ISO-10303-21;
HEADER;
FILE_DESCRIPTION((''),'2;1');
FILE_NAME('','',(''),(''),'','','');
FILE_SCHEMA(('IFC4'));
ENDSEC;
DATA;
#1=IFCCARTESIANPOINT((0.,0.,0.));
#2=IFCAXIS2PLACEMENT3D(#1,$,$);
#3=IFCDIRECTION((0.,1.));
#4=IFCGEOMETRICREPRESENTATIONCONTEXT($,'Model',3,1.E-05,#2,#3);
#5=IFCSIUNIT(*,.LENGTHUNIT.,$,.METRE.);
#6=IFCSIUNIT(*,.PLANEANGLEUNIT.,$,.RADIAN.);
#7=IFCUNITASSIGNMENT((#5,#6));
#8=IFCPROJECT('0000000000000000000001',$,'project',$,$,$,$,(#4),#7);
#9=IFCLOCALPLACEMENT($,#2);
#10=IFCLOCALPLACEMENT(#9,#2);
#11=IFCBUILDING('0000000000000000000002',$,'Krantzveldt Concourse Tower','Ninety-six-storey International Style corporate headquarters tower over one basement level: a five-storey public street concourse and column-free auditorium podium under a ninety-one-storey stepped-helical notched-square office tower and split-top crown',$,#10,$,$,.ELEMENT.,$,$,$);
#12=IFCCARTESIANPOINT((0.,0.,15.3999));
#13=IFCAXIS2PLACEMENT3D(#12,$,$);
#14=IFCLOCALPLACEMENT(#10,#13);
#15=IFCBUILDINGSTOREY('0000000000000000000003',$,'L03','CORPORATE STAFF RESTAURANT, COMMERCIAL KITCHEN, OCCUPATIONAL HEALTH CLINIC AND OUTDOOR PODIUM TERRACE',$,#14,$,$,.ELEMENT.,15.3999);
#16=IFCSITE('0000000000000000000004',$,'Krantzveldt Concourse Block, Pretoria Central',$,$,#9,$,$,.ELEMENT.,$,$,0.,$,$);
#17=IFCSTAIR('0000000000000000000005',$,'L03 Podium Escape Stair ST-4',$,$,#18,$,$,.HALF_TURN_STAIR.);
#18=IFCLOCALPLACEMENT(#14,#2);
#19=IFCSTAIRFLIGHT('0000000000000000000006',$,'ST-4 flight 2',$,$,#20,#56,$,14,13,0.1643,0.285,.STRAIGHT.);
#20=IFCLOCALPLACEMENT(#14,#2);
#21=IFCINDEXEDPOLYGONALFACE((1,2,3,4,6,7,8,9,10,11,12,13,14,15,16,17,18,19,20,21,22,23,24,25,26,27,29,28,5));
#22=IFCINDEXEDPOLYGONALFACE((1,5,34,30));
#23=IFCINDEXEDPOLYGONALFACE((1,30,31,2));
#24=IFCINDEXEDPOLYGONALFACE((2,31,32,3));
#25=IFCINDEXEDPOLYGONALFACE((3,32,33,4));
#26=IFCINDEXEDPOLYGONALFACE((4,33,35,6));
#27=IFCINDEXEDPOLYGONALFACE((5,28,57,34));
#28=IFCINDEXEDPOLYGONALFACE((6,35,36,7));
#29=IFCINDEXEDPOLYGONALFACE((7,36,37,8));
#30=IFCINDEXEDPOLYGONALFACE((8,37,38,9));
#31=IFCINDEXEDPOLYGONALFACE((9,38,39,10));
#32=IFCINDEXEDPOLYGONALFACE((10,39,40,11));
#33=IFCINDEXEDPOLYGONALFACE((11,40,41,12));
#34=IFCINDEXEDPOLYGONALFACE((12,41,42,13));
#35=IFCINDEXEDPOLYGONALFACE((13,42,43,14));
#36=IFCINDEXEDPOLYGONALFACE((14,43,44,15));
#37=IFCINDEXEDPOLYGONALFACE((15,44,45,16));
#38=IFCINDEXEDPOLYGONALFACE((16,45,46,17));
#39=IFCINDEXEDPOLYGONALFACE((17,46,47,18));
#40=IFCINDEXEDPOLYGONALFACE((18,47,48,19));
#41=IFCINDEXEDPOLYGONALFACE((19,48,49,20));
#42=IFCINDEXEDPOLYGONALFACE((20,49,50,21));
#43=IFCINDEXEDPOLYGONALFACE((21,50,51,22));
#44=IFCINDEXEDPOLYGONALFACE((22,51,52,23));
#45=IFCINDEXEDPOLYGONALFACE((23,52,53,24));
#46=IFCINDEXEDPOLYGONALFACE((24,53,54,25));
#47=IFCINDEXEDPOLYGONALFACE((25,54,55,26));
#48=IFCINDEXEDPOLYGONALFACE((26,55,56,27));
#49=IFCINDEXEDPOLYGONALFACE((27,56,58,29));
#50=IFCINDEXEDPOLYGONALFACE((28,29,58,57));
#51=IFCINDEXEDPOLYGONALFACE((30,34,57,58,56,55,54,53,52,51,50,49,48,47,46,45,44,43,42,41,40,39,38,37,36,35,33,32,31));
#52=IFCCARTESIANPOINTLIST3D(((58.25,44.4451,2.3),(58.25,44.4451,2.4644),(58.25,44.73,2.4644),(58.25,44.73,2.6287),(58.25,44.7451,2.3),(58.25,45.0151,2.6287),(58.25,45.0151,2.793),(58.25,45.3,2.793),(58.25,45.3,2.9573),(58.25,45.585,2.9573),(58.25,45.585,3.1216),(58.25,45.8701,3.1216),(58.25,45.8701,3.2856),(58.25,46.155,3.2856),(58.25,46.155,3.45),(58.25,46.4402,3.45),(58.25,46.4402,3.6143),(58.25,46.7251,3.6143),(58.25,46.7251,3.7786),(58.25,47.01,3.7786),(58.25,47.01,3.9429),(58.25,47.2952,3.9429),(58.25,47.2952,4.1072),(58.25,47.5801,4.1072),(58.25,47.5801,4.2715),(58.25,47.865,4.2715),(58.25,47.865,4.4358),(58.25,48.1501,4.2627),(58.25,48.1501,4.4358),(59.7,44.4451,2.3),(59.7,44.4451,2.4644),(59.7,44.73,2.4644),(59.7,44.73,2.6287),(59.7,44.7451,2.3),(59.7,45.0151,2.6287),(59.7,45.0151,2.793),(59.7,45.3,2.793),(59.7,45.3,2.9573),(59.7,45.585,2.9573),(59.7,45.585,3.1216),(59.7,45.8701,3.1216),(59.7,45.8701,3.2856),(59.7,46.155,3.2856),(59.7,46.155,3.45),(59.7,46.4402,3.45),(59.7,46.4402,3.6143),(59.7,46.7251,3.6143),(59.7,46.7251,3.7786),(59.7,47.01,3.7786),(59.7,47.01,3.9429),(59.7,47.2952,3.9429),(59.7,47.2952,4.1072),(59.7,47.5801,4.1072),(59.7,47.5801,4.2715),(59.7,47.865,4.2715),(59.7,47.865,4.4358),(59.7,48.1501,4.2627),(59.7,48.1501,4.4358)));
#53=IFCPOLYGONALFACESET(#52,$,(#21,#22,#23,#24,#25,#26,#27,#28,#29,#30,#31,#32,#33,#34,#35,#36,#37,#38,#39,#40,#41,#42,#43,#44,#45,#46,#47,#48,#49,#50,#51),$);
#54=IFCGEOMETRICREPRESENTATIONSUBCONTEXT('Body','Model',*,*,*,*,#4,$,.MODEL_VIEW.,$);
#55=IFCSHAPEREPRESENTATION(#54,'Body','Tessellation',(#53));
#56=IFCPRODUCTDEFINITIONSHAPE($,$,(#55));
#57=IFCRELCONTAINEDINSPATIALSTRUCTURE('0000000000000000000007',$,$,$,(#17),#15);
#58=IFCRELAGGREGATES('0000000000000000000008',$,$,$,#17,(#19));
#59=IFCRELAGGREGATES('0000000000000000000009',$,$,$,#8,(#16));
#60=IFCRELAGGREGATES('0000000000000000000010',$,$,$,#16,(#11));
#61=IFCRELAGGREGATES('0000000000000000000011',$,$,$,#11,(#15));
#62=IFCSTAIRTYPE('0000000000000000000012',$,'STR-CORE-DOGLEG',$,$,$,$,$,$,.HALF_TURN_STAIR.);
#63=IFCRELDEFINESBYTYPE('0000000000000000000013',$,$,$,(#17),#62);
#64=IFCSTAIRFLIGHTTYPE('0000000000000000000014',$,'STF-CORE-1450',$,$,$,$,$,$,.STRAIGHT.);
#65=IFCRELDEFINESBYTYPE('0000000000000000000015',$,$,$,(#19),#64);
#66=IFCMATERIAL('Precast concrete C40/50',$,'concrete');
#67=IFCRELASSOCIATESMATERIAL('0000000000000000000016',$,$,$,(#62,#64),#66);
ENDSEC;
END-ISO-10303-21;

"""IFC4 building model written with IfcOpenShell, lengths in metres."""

from ifc_helpers import new_model, si_unit, direction, frame, origin, place, context, subcontext, project, spatial, polyline, outline, extrude, material, type_object, element, aggregate, save


model = new_model("IFC4")

# Units and contexts
model_context = context("Model", 3, precision=1e-05, world=origin(), true_north=direction((0.0, 1.0)))
body_context = subcontext(model_context, "Body", "Model", "MODEL_VIEW")
ifc_project = project(units=[si_unit("LENGTHUNIT", "METRE"), si_unit("PLANEANGLEUNIT", "RADIAN")], contexts=[model_context])

# Site, building, storey
site_placement = place(None, origin())
site = spatial("IfcSite", under=ifc_project, at=site_placement, Name="Krantzveldt Concourse Block, Pretoria Central", CompositionType="ELEMENT", RefElevation=0.0)
building_placement = place(site_placement, origin())
building = spatial("IfcBuilding", under=site, at=building_placement, Name="Krantzveldt Concourse Tower", Description="Ninety-six-storey International Style corporate headquarters tower over one basement level: a five-storey public street concourse and column-free auditorium podium under a ninety-one-storey stepped-helical notched-square office tower and split-top crown", CompositionType="ELEMENT")
storey_placement = place(building_placement, frame((0.0, 0.0, 15.3999)))
storey = spatial("IfcBuildingStorey", under=building, at=storey_placement, Name="L03", Description="CORPORATE STAFF RESTAURANT, COMMERCIAL KITCHEN, OCCUPATIONAL HEALTH CLINIC AND OUTDOOR PODIUM TERRACE", CompositionType="ELEMENT", Elevation=15.3999)

# Stair, stair flight
ifc_material_1 = material(Name="Precast concrete C40/50", Category="concrete")
stair_type = type_object("IfcStairType", Name="STR-CORE-DOGLEG", PredefinedType="HALF_TURN_STAIR", material=ifc_material_1)
stair_placement = place(storey_placement, origin())
stair = element("IfcStair", 1, at=stair_placement, inside=storey, type_object=stair_type, Name="L03 Podium Escape Stair ST-4", PredefinedType="HALF_TURN_STAIR")
stair_flight_type = type_object("IfcStairFlightType", Name="STF-CORE-1450", PredefinedType="STRAIGHT", material=ifc_material_1)
stair_flight_1_placement = place(storey_placement, frame((58.9751, 44.4451, 2.3), z_axis=(0.0, 0.0, 1.0), x_axis=(0.0, 1.0, 0.0)))
stair_flight_1 = element("IfcStairFlight", 2, at=stair_flight_1_placement, type_object=stair_flight_type, Name="ST-4 flight 2", NumberOfRisers=14, NumberOfTreads=13, PredefinedType="STRAIGHT", RiserHeight=0.1643, TreadLength=0.285, context=body_context, shape_type="SweptSolid", body=[
    extrude(outline(polyline([(0.0, 0.0), (0.0, 0.1643), (0.2849, 0.1643), (0.2849, 0.3286), (0.5701, 0.3286), (0.5701, 0.4929), (0.855, 0.4929), (0.855, 0.6572), (1.1399, 0.6572), (1.1399, 0.8215), (1.425, 0.8215), (1.425, 0.9856), (1.71, 0.9856), (1.71, 1.1499), (1.9951, 1.1499), (1.9951, 1.3142), (2.28, 1.3142), (2.28, 1.4785), (2.5649, 1.4785), (2.5649, 1.6428), (2.8501, 1.6428), (2.8501, 1.8071), (3.135, 1.8071), (3.135, 1.9714), (3.4199, 1.9714), (3.4199, 2.1357), (3.7051, 2.1357), (3.7051, 2.3), (3.7051, 1.9626), (0.3, 0.0), (0.0, 0.0)])), frame((0.0, 0.7251, 0.0), z_axis=(0.0, -1.0, 0.0), x_axis=(1.0, 0.0, 0.0)), (0.0, 0.0, 1.0), 1.45),
])
aggregate(stair, [stair_flight_1])

save(model, "model.ifc")
